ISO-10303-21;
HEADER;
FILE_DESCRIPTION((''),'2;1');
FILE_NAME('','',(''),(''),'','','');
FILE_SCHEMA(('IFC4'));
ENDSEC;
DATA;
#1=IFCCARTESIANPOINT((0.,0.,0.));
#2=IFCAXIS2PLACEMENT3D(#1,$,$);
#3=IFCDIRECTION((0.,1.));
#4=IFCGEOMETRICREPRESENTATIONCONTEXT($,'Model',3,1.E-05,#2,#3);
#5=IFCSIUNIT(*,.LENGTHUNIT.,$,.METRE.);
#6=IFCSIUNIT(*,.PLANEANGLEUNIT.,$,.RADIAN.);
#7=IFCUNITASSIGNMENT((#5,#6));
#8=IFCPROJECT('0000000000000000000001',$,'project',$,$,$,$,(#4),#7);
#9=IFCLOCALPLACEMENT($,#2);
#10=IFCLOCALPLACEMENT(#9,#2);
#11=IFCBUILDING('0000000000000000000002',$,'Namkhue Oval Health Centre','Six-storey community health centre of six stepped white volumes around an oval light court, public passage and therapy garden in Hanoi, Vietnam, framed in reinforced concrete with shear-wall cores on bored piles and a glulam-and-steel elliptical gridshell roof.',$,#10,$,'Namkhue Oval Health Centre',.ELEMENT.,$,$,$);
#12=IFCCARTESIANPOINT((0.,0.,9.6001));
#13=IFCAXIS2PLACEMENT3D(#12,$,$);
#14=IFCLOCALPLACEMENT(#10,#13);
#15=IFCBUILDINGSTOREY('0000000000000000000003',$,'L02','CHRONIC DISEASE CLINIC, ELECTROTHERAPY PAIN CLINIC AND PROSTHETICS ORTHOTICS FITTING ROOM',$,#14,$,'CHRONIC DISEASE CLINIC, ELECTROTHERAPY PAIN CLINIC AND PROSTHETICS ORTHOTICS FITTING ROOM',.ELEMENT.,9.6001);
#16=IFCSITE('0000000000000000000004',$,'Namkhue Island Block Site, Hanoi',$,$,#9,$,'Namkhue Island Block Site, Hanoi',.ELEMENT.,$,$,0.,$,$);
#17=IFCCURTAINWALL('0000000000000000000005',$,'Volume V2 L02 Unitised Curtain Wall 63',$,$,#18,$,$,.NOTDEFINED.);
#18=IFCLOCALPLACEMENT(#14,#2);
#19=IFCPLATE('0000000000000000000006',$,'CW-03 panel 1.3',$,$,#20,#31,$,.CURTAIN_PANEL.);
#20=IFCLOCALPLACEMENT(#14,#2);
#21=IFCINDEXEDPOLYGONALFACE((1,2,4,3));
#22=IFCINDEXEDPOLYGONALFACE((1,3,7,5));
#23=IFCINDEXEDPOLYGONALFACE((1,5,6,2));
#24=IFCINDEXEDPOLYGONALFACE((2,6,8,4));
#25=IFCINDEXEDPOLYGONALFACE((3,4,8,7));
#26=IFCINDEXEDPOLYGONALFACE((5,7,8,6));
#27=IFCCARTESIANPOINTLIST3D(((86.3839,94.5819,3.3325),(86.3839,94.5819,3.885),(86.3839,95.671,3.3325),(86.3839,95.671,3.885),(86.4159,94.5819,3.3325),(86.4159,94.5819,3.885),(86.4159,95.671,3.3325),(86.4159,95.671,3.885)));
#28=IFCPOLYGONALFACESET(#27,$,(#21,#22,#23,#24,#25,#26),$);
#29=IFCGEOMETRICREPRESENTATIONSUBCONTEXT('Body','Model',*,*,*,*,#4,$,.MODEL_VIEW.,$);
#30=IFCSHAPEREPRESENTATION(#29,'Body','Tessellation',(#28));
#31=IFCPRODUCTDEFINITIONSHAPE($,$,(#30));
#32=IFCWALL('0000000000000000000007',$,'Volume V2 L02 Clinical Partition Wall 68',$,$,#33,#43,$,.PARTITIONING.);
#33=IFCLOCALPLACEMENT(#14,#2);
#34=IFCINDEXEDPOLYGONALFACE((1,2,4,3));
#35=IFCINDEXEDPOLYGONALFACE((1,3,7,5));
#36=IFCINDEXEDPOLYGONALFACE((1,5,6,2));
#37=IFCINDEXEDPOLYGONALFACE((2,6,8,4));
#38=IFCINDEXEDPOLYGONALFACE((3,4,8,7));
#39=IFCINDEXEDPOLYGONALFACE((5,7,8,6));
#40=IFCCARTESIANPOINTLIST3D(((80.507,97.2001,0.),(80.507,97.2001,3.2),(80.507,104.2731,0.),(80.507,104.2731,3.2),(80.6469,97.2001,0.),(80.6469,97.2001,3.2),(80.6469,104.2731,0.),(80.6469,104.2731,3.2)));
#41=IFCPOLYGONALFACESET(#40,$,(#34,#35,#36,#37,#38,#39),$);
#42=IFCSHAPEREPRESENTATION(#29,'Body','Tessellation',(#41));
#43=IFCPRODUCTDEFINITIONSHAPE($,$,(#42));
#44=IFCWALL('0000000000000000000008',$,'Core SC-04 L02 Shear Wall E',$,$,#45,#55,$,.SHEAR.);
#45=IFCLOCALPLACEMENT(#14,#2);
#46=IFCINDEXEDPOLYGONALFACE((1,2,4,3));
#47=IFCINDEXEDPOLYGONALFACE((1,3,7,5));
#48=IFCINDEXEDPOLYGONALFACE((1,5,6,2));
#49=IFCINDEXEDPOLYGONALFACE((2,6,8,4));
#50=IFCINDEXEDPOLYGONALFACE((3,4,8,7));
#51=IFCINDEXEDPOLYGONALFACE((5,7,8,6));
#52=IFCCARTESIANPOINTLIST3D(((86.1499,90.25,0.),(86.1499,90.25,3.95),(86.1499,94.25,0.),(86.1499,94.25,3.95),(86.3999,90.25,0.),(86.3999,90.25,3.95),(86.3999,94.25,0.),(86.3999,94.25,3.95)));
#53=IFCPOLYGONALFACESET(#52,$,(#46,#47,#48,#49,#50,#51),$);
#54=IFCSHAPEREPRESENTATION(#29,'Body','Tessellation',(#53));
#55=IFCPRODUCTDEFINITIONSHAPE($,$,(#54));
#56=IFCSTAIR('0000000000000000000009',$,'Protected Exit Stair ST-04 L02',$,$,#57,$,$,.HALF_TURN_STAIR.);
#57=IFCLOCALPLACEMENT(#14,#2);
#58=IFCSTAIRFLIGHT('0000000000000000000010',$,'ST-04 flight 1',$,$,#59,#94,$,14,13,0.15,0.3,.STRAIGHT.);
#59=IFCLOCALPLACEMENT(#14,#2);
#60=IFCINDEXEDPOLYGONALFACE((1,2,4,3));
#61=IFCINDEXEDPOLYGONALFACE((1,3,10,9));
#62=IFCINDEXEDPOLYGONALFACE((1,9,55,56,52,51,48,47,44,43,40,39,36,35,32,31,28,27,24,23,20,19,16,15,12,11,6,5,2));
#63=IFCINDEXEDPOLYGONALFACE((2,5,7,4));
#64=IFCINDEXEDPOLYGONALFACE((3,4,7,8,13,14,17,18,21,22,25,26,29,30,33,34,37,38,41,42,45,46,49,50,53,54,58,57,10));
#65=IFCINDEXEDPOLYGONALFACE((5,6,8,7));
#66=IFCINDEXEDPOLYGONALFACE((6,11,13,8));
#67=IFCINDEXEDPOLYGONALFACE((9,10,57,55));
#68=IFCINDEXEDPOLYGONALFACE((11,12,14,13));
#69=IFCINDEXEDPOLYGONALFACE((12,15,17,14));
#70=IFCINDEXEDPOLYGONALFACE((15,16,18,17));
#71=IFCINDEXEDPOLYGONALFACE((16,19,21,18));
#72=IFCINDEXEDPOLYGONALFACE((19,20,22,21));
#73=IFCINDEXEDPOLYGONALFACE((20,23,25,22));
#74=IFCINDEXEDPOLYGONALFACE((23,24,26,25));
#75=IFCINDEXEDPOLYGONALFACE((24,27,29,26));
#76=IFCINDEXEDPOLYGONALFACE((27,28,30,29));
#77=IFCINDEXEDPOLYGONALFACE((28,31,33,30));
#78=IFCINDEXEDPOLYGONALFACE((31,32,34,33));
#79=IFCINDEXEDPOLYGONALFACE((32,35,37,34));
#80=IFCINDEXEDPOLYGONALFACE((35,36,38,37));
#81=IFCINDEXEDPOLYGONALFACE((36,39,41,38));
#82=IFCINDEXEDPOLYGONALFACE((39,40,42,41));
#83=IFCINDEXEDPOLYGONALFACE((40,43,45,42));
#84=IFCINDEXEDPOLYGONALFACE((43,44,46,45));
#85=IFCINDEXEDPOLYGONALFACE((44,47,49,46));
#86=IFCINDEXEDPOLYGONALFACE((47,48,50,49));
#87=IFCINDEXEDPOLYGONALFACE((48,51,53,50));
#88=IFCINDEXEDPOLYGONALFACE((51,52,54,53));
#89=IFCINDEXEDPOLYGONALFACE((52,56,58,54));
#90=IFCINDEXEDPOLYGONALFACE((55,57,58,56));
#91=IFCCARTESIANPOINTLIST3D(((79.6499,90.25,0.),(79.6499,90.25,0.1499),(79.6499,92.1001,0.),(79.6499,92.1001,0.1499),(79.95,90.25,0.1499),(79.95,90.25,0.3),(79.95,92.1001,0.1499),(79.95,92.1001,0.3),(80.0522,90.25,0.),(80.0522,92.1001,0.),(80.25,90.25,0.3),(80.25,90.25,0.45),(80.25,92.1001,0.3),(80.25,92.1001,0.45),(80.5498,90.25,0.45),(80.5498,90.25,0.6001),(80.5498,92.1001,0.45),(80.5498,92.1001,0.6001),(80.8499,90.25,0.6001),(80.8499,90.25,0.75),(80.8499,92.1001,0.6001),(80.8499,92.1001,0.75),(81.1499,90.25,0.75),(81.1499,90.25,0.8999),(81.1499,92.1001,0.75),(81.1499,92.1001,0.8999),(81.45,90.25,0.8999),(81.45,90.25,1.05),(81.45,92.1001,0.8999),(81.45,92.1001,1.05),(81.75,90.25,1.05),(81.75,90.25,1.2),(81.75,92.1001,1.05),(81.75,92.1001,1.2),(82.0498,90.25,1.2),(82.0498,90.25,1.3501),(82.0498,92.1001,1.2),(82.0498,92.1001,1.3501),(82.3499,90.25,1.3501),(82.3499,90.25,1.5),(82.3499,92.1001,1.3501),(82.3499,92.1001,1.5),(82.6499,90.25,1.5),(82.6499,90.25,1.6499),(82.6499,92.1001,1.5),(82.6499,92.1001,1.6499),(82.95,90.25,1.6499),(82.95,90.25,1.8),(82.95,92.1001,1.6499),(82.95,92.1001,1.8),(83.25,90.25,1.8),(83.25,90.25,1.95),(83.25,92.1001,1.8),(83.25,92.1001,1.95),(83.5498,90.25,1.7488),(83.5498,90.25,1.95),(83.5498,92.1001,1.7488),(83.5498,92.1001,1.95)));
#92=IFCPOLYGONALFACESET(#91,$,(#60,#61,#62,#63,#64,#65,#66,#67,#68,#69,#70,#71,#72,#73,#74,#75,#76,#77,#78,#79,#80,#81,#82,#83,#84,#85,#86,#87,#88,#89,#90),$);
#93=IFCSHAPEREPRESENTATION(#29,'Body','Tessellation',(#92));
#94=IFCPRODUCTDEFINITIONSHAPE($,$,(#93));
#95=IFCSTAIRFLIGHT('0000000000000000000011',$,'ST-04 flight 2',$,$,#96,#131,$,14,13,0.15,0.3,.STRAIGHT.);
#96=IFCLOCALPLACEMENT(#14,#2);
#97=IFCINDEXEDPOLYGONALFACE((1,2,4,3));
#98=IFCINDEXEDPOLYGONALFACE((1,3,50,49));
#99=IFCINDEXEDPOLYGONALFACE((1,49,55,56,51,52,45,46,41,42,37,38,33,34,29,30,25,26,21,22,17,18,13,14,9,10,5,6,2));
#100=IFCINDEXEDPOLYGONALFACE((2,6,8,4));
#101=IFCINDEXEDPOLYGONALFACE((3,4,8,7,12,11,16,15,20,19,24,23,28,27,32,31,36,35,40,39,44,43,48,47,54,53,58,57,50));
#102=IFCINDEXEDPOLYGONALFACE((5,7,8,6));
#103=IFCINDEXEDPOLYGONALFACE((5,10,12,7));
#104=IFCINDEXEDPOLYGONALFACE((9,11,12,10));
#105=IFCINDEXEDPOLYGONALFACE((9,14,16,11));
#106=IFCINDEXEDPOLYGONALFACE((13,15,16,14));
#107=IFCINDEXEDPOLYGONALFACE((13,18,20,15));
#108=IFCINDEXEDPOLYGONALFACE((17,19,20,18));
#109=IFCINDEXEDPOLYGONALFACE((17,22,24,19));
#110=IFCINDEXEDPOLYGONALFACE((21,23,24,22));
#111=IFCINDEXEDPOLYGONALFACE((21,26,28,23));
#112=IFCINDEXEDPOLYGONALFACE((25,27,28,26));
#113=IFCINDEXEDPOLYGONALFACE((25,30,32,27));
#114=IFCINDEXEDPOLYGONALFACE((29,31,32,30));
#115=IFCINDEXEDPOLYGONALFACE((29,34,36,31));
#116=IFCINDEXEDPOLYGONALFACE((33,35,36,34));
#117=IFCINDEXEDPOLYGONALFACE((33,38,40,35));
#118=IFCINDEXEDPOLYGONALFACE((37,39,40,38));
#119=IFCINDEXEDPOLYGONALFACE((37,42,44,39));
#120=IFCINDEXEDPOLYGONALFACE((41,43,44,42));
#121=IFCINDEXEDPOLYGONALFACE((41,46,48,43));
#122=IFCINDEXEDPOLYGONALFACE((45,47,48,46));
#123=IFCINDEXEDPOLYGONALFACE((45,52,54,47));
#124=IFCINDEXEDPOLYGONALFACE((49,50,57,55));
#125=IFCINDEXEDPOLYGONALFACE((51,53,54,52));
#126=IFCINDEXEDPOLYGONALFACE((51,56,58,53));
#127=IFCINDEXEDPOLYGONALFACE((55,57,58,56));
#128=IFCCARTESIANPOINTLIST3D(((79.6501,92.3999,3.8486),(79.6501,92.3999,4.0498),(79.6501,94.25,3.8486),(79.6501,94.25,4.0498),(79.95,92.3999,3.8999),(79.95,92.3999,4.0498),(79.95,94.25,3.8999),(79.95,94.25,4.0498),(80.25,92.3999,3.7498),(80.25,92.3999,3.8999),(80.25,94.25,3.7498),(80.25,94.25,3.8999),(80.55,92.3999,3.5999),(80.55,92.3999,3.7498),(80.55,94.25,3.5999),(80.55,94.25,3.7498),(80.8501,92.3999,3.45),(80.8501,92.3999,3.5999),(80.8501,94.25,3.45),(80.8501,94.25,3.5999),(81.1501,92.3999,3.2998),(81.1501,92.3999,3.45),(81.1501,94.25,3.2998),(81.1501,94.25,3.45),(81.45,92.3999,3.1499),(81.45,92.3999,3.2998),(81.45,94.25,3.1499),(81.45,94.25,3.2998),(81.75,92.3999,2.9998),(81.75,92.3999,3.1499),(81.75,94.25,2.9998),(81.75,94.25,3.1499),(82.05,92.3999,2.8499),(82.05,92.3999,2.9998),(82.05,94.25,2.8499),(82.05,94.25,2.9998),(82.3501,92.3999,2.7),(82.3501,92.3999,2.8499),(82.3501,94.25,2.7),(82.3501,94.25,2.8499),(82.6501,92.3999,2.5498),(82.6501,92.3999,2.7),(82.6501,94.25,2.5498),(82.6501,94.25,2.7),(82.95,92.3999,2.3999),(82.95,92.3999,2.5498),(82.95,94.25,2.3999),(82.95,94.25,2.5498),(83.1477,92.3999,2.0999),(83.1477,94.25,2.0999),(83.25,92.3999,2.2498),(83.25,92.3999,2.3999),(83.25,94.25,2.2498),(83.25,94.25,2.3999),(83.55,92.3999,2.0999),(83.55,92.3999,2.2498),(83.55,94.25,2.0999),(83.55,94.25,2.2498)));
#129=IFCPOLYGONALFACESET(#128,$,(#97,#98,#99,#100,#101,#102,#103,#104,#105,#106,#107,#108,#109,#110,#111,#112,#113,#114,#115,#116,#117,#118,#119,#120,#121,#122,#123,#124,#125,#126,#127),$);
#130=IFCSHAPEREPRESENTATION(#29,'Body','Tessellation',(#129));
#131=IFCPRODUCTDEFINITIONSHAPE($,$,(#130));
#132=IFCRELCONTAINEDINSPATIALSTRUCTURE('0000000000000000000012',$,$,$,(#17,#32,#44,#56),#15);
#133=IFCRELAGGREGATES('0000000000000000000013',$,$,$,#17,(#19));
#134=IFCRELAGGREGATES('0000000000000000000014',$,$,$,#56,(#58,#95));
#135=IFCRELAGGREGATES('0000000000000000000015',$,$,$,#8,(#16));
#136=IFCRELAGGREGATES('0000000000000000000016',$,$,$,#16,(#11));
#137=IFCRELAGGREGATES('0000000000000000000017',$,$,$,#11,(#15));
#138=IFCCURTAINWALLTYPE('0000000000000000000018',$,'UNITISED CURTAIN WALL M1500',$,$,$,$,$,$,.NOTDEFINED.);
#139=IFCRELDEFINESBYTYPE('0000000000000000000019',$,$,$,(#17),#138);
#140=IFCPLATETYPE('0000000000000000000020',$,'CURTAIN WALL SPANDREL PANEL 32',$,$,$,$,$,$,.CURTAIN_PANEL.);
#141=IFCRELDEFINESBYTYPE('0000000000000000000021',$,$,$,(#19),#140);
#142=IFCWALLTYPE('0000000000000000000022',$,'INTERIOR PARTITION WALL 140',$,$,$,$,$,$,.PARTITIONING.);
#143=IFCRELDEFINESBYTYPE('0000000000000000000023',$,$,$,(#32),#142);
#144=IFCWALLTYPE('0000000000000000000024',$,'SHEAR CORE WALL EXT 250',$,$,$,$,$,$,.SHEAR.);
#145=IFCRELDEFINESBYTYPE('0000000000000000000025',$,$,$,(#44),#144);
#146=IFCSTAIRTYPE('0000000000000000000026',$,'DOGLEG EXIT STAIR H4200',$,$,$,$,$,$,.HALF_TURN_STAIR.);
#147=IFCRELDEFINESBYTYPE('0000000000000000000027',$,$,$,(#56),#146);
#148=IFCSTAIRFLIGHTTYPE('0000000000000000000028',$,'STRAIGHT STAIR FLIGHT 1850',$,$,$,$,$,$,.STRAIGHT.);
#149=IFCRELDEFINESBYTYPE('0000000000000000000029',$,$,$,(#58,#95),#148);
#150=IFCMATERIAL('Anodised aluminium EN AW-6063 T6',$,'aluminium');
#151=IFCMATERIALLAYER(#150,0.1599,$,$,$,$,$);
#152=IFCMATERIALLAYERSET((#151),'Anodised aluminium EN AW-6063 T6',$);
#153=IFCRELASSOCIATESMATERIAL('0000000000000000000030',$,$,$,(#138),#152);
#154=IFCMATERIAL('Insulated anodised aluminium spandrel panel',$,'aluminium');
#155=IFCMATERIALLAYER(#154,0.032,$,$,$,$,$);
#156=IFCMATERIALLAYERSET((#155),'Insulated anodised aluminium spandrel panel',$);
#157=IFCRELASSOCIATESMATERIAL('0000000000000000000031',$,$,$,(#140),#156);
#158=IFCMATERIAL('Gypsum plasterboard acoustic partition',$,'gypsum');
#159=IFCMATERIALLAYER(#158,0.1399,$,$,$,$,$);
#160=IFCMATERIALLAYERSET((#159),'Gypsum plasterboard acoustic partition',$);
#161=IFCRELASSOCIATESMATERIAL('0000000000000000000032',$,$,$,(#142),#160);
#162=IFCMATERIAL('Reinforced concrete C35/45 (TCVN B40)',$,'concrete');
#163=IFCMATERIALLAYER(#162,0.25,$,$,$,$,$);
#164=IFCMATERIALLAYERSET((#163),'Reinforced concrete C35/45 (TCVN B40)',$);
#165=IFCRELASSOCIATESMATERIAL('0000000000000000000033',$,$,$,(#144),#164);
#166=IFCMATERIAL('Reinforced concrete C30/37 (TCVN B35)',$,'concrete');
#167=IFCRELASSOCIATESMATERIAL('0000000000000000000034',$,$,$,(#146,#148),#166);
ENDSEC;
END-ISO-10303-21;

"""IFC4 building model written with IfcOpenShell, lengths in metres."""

from ifc_helpers import new_model, si_unit, direction, frame, frame_2d, origin, origin_2d, place, context, subcontext, project, spatial, polyline, rectangle, outline, extrude, material, layer, layer_set, type_object, element, aggregate, save


model = new_model("IFC4")

# Units and contexts
model_context = context("Model", 3, precision=1e-05, world=origin(), true_north=direction((0.0, 1.0)))
body_context = subcontext(model_context, "Body", "Model", "MODEL_VIEW")
ifc_project = project(units=[si_unit("LENGTHUNIT", "METRE"), si_unit("PLANEANGLEUNIT", "RADIAN")], contexts=[model_context])

# Site, building, storey
site_placement = place(None, origin())
site = spatial("IfcSite", under=ifc_project, at=site_placement, Name="Namkhue Island Block Site, Hanoi", LongName="Namkhue Island Block Site, Hanoi", CompositionType="ELEMENT", RefElevation=0.0)
building_placement = place(site_placement, origin())
building = spatial("IfcBuilding", under=site, at=building_placement, Name="Namkhue Oval Health Centre", Description="Six-storey community health centre of six stepped white volumes around an oval light court, public passage and therapy garden in Hanoi, Vietnam, framed in reinforced concrete with shear-wall cores on bored piles and a glulam-and-steel elliptical gridshell roof.", LongName="Namkhue Oval Health Centre", CompositionType="ELEMENT")
storey_placement = place(building_placement, frame((0.0, 0.0, 9.6001)))
storey = spatial("IfcBuildingStorey", under=building, at=storey_placement, Name="L02", Description="CHRONIC DISEASE CLINIC, ELECTROTHERAPY PAIN CLINIC AND PROSTHETICS ORTHOTICS FITTING ROOM", LongName="CHRONIC DISEASE CLINIC, ELECTROTHERAPY PAIN CLINIC AND PROSTHETICS ORTHOTICS FITTING ROOM", CompositionType="ELEMENT", Elevation=9.6001)

# Shared definitions
ifc_material_1 = material(Name="Reinforced concrete C35/45 (TCVN B40)", Category="concrete")

# Curtain wall
ifc_material_2 = material(Name="Anodised aluminium EN AW-6063 T6", Category="aluminium")
ifc_layer_1 = layer(ifc_material_2, 0.1599)
ifc_layer_set_1 = layer_set([ifc_layer_1], Name="Anodised aluminium EN AW-6063 T6")
curtain_wall_type = type_object("IfcCurtainWallType", Name="UNITISED CURTAIN WALL M1500", PredefinedType="NOTDEFINED", material=ifc_layer_set_1)
curtain_wall_placement = place(storey_placement, origin())
curtain_wall = element("IfcCurtainWall", 1, at=curtain_wall_placement, inside=storey, type_object=curtain_wall_type, Name="Volume V2 L02 Unitised Curtain Wall 63", PredefinedType="NOTDEFINED")

# Shared definitions
ifc_material_3 = material(Name="Reinforced concrete C30/37 (TCVN B35)", Category="concrete")

# Plate
ifc_material_4 = material(Name="Insulated anodised aluminium spandrel panel", Category="aluminium")
ifc_layer_2 = layer(ifc_material_4, 0.032)
ifc_layer_set_2 = layer_set([ifc_layer_2], Name="Insulated anodised aluminium spandrel panel")
plate_type = type_object("IfcPlateType", Name="CURTAIN WALL SPANDREL PANEL 32", PredefinedType="CURTAIN_PANEL", material=ifc_layer_set_2)
plate_1_placement = place(storey_placement, frame((86.3999, 95.1265, 3.3325), z_axis=(0.0, 0.0, 1.0), x_axis=(0.0, 1.0, 0.0)))
plate_1 = element("IfcPlate", 2, at=plate_1_placement, type_object=plate_type, Name="CW-03 panel 1.3", PredefinedType="CURTAIN_PANEL", context=body_context, shape_type="SweptSolid", body=[
    extrude(rectangle(XDim=1.0891, YDim=0.032, at=origin_2d()), origin(), (0.0, 0.0, 1.0), 0.5525),
])
aggregate(curtain_wall, [plate_1])

# Walls
ifc_material_5 = material(Name="Gypsum plasterboard acoustic partition", Category="gypsum")
ifc_layer_3 = layer(ifc_material_5, 0.1399)
ifc_layer_set_3 = layer_set([ifc_layer_3], Name="Gypsum plasterboard acoustic partition")
wall_type_1 = type_object("IfcWallType", Name="INTERIOR PARTITION WALL 140", PredefinedType="PARTITIONING", material=ifc_layer_set_3)
wall_1_placement = place(storey_placement, frame((80.5769, 97.2, 0.0), z_axis=(0.0, 0.0, 1.0), x_axis=(0.0, 1.0, 0.0)))
element("IfcWall", 3, at=wall_1_placement, inside=storey, type_object=wall_type_1, Name="Volume V2 L02 Clinical Partition Wall 68", PredefinedType="PARTITIONING", context=body_context, shape_type="SweptSolid", body=[
    extrude(rectangle(XDim=7.073, YDim=0.1399, at=frame_2d((3.5366, 0.0))), origin(), (0.0, 0.0, 1.0), 3.2),
])
ifc_layer_4 = layer(ifc_material_1, 0.25)
ifc_layer_set_4 = layer_set([ifc_layer_4], Name="Reinforced concrete C35/45 (TCVN B40)")
wall_type_2 = type_object("IfcWallType", Name="SHEAR CORE WALL EXT 250", PredefinedType="SHEAR", material=ifc_layer_set_4)
wall_2_placement = place(storey_placement, frame((86.2749, 90.25, 0.0), z_axis=(0.0, 0.0, 1.0), x_axis=(0.0, 1.0, 0.0)))
element("IfcWall", 4, at=wall_2_placement, inside=storey, type_object=wall_type_2, Name="Core SC-04 L02 Shear Wall E", PredefinedType="SHEAR", context=body_context, shape_type="SweptSolid", body=[
    extrude(rectangle(XDim=4.0, YDim=0.25, at=frame_2d((2.0, 0.0))), origin(), (0.0, 0.0, 1.0), 3.95),
])

# Stair, stair flights
stair_type = type_object("IfcStairType", Name="DOGLEG EXIT STAIR H4200", PredefinedType="HALF_TURN_STAIR", material=ifc_material_3)
stair_placement = place(storey_placement, origin())
stair = element("IfcStair", 5, at=stair_placement, inside=storey, type_object=stair_type, Name="Protected Exit Stair ST-04 L02", PredefinedType="HALF_TURN_STAIR")
stair_flight_type = type_object("IfcStairFlightType", Name="STRAIGHT STAIR FLIGHT 1850", PredefinedType="STRAIGHT", material=ifc_material_3)
stair_flight_1_placement = place(storey_placement, frame((79.6499, 91.175, 0.0), z_axis=(0.0, 0.0, 1.0), x_axis=(1.0, 0.0, 0.0)))
stair_flight_1 = element("IfcStairFlight", 6, at=stair_flight_1_placement, type_object=stair_flight_type, Name="ST-04 flight 1", NumberOfRisers=14, NumberOfTreads=13, PredefinedType="STRAIGHT", RiserHeight=0.15, TreadLength=0.3, context=body_context, shape_type="SweptSolid", body=[
    extrude(outline(polyline([(0.0, 0.0), (0.0, 0.1499), (0.3, 0.1499), (0.3, 0.3), (0.6001, 0.3), (0.6001, 0.45), (0.8999, 0.45), (0.8999, 0.6001), (1.2, 0.6001), (1.2, 0.75), (1.5, 0.75), (1.5, 0.8999), (1.8, 0.8999), (1.8, 1.05), (2.1001, 1.05), (2.1001, 1.2), (2.3999, 1.2), (2.3999, 1.3501), (2.7, 1.3501), (2.7, 1.5), (3.0, 1.5), (3.0, 1.6499), (3.3, 1.6499), (3.3, 1.8), (3.6001, 1.8), (3.6001, 1.95), (3.8999, 1.95), (3.8999, 2.1001), (3.8999, 1.7488), (0.4023, 0.0), (0.0, 0.0)])), frame((0.0, 0.925, 0.0), z_axis=(0.0, -1.0, 0.0), x_axis=(1.0, 0.0, 0.0)), (0.0, 0.0, 1.0), 1.8501),
])
stair_flight_2_placement = place(storey_placement, frame((83.55, 93.325, 2.0999), z_axis=(0.0, 0.0, 1.0), x_axis=(-1.0, 0.0, 0.0)))
stair_flight_2 = element("IfcStairFlight", 7, at=stair_flight_2_placement, type_object=stair_flight_type, Name="ST-04 flight 2", NumberOfRisers=14, NumberOfTreads=13, PredefinedType="STRAIGHT", RiserHeight=0.15, TreadLength=0.3, context=body_context, shape_type="SweptSolid", body=[
    extrude(outline(polyline([(0.0, 0.0), (0.0, 0.1499), (0.3, 0.1499), (0.3, 0.3), (0.6001, 0.3), (0.6001, 0.45), (0.8999, 0.45), (0.8999, 0.6001), (1.2, 0.6001), (1.2, 0.75), (1.5, 0.75), (1.5, 0.8999), (1.8, 0.8999), (1.8, 1.05), (2.1001, 1.05), (2.1001, 1.2), (2.3999, 1.2), (2.3999, 1.3501), (2.7, 1.3501), (2.7, 1.5), (3.0, 1.5), (3.0, 1.6499), (3.3, 1.6499), (3.3, 1.8), (3.6001, 1.8), (3.6001, 1.95), (3.8999, 1.95), (3.8999, 2.1001), (3.8999, 1.7488), (0.4023, 0.0), (0.0, 0.0)])), frame((0.0, 0.925, 0.0), z_axis=(0.0, -1.0, 0.0), x_axis=(1.0, 0.0, 0.0)), (0.0, 0.0, 1.0), 1.8501),
])
aggregate(stair, [stair_flight_1, stair_flight_2])

save(model, "model.ifc")
